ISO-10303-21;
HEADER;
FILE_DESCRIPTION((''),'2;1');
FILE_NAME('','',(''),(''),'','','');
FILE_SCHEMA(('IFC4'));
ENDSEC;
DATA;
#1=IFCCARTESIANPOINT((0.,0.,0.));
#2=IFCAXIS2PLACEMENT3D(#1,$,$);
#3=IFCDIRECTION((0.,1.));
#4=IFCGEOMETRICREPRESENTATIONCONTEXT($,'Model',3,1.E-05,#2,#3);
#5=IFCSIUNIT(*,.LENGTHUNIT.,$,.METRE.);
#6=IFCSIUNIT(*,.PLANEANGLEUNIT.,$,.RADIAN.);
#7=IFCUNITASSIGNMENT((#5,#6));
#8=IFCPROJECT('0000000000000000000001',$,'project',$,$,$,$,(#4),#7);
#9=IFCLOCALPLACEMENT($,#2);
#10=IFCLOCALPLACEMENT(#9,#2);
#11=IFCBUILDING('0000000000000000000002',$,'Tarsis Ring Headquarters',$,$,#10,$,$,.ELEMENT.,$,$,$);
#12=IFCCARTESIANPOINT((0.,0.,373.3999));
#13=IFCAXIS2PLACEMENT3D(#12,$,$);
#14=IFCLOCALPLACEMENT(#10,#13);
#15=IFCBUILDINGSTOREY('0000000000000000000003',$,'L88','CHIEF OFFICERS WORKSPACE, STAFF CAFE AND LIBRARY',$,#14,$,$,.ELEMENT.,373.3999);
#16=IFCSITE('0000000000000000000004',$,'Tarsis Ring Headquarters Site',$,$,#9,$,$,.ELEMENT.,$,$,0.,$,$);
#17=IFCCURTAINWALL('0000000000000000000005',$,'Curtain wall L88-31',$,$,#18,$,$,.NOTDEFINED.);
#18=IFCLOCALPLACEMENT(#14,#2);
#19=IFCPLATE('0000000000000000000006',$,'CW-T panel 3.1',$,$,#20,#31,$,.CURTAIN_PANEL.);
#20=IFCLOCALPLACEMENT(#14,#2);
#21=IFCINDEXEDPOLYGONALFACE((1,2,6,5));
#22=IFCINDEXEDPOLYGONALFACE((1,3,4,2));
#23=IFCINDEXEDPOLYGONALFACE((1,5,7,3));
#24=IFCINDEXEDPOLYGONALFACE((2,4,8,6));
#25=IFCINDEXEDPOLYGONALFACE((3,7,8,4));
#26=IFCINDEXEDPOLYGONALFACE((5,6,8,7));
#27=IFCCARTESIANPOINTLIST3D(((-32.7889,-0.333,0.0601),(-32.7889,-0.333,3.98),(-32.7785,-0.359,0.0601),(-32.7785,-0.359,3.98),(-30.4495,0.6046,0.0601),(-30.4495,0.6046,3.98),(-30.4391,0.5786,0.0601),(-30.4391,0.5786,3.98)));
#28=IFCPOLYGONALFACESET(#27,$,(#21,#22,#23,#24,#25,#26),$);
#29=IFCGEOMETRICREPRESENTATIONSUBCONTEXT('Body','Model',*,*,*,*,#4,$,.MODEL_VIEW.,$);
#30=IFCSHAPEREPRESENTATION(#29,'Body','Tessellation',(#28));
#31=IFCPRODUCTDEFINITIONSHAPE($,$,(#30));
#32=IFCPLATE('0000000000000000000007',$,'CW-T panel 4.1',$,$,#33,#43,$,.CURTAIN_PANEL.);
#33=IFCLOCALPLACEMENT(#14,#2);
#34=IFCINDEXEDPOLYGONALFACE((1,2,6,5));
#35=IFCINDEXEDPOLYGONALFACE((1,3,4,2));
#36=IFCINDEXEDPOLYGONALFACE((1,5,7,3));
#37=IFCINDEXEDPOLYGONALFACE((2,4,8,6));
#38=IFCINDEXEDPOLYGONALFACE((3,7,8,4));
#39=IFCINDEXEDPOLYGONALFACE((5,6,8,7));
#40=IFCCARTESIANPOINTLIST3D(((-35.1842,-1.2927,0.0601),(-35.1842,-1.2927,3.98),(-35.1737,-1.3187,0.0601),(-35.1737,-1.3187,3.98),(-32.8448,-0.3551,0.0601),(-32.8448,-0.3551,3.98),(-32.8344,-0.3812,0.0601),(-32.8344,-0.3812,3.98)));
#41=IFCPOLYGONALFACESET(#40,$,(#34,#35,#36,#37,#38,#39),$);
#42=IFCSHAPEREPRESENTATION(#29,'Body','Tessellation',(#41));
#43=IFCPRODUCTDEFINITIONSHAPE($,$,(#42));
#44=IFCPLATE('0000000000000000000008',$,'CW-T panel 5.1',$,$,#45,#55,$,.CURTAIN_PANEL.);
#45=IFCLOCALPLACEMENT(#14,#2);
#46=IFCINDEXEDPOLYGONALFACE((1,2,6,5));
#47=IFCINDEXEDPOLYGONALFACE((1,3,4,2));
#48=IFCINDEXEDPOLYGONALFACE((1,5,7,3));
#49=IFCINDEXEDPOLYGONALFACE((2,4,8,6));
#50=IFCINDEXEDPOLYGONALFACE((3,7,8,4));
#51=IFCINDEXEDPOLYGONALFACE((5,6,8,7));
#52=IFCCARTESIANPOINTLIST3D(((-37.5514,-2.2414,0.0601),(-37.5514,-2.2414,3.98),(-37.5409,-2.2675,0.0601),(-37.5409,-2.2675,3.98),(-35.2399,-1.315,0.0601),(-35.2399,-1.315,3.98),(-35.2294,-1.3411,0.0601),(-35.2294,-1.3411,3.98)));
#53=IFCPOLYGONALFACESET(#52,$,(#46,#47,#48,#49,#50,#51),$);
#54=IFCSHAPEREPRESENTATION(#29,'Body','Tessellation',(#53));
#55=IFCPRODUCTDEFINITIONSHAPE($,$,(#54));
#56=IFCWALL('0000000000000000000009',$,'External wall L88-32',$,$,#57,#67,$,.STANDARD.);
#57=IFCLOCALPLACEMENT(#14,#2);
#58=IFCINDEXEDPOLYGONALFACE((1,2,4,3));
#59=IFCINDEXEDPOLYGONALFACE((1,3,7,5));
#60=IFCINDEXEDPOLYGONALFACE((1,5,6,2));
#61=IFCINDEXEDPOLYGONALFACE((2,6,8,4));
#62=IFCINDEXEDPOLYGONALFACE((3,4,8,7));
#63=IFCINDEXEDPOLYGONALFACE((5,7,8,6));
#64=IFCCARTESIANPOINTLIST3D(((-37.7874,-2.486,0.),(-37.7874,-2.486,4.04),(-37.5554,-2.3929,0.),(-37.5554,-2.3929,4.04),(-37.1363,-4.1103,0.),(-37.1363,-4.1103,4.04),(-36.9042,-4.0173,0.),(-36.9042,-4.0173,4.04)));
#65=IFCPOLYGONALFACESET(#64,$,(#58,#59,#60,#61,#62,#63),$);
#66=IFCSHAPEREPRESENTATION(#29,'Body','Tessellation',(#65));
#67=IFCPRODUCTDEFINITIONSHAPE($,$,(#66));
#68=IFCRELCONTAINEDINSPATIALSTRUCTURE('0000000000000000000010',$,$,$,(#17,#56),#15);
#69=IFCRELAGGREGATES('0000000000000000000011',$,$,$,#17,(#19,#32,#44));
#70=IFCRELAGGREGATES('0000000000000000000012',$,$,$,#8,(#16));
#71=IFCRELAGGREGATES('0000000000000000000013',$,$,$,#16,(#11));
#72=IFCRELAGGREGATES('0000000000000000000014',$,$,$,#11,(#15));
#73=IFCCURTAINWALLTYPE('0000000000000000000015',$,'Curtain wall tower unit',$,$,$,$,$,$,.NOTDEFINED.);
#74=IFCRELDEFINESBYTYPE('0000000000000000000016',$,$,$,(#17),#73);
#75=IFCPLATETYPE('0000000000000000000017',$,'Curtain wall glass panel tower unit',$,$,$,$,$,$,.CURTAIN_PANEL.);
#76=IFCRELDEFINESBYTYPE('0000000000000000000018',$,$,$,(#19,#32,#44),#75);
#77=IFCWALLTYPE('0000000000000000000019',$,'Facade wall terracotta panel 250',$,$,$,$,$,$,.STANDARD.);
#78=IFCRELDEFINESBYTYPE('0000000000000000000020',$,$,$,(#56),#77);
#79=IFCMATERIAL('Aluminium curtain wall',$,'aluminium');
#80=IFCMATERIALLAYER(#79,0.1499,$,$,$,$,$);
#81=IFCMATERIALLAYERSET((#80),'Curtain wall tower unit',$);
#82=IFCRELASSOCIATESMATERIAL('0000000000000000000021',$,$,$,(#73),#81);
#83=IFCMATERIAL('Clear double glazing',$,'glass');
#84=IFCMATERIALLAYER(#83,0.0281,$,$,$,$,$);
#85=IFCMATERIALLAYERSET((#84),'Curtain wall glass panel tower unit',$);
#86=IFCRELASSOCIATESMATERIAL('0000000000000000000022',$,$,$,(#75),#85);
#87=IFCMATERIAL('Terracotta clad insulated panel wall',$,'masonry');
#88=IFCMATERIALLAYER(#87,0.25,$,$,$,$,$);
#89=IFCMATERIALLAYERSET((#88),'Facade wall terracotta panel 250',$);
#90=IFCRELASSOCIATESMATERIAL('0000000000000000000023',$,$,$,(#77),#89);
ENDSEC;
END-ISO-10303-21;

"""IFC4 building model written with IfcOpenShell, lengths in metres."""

from ifc_helpers import new_model, si_unit, direction, frame, frame_2d, origin, origin_2d, place, context, subcontext, project, spatial, rectangle, extrude, material, layer, layer_set, type_object, element, aggregate, save


model = new_model("IFC4")

# Units and contexts
model_context = context("Model", 3, precision=1e-05, world=origin(), true_north=direction((0.0, 1.0)))
body_context = subcontext(model_context, "Body", "Model", "MODEL_VIEW")
ifc_project = project(units=[si_unit("LENGTHUNIT", "METRE"), si_unit("PLANEANGLEUNIT", "RADIAN")], contexts=[model_context])

# Site, building, storey
site_placement = place(None, origin())
site = spatial("IfcSite", under=ifc_project, at=site_placement, Name="Tarsis Ring Headquarters Site", CompositionType="ELEMENT", RefElevation=0.0)
building_placement = place(site_placement, origin())
building = spatial("IfcBuilding", under=site, at=building_placement, Name="Tarsis Ring Headquarters", CompositionType="ELEMENT")
storey_placement = place(building_placement, frame((0.0, 0.0, 373.3999)))
storey = spatial("IfcBuildingStorey", under=building, at=storey_placement, Name="L88", Description="CHIEF OFFICERS WORKSPACE, STAFF CAFE AND LIBRARY", CompositionType="ELEMENT", Elevation=373.3999)

# Curtain wall
ifc_material_1 = material(Name="Aluminium curtain wall", Category="aluminium")
ifc_layer_1 = layer(ifc_material_1, 0.1499)
ifc_layer_set_1 = layer_set([ifc_layer_1], Name="Curtain wall tower unit")
curtain_wall_type = type_object("IfcCurtainWallType", Name="Curtain wall tower unit", PredefinedType="NOTDEFINED", material=ifc_layer_set_1)
curtain_wall_placement = place(storey_placement, origin())
curtain_wall = element("IfcCurtainWall", 1, at=curtain_wall_placement, inside=storey, type_object=curtain_wall_type, Name="Curtain wall L88-31", PredefinedType="NOTDEFINED")

# Plates
ifc_material_2 = material(Name="Clear double glazing", Category="glass")
ifc_layer_2 = layer(ifc_material_2, 0.0281)
ifc_layer_set_2 = layer_set([ifc_layer_2], Name="Curtain wall glass panel tower unit")
plate_type = type_object("IfcPlateType", Name="Curtain wall glass panel tower unit", PredefinedType="CURTAIN_PANEL", material=ifc_layer_set_2)
plate_1_placement = place(storey_placement, frame((-31.614, 0.1228, 0.0601), z_axis=(0.0, 0.0, 1.0), x_axis=(-0.928226, -0.372016, 0.0)))
plate_1 = element("IfcPlate", 2, at=plate_1_placement, type_object=plate_type, Name="CW-T panel 3.1", PredefinedType="CURTAIN_PANEL", context=body_context, shape_type="SweptSolid", body=[
    extrude(rectangle(XDim=2.5203, YDim=0.0281, at=origin_2d()), origin(), (0.0, 0.0, 1.0), 3.9199),
])
plate_2_placement = place(storey_placement, frame((-34.0093, -0.8369, 0.0601), z_axis=(0.0, 0.0, 1.0), x_axis=(-0.928226, -0.372016, 0.0)))
plate_2 = element("IfcPlate", 3, at=plate_2_placement, type_object=plate_type, Name="CW-T panel 4.1", PredefinedType="CURTAIN_PANEL", context=body_context, shape_type="SweptSolid", body=[
    extrude(rectangle(XDim=2.5203, YDim=0.0281, at=origin_2d()), origin(), (0.0, 0.0, 1.0), 3.9199),
])
plate_3_placement = place(storey_placement, frame((-36.3904, -1.7913, 0.0601), z_axis=(0.0, 0.0, 1.0), x_axis=(-0.928226, -0.372016, 0.0)))
plate_3 = element("IfcPlate", 4, at=plate_3_placement, type_object=plate_type, Name="CW-T panel 5.1", PredefinedType="CURTAIN_PANEL", context=body_context, shape_type="SweptSolid", body=[
    extrude(rectangle(XDim=2.4902, YDim=0.0281, at=origin_2d()), origin(), (0.0, 0.0, 1.0), 3.9199),
])
aggregate(curtain_wall, [plate_1, plate_2, plate_3])

# Wall
ifc_material_3 = material(Name="Terracotta clad insulated panel wall", Category="masonry")
ifc_layer_3 = layer(ifc_material_3, 0.25)
ifc_layer_set_3 = layer_set([ifc_layer_3], Name="Facade wall terracotta panel 250")
wall_type = type_object("IfcWallType", Name="Facade wall terracotta panel 250", PredefinedType="STANDARD", material=ifc_layer_set_3)
wall_placement = place(storey_placement, frame((-37.6714, -2.4395, 0.0), z_axis=(0.0, 0.0, 1.0), x_axis=(0.372088, -0.928197, 0.0)))
element("IfcWall", 5, at=wall_placement, inside=storey, type_object=wall_type, Name="External wall L88-32", PredefinedType="STANDARD", context=body_context, shape_type="SweptSolid", body=[
    extrude(rectangle(XDim=1.75, YDim=0.25, at=frame_2d((0.875, 0.0))), origin(), (0.0, 0.0, 1.0), 4.04),
])

save(model, "model.ifc")
